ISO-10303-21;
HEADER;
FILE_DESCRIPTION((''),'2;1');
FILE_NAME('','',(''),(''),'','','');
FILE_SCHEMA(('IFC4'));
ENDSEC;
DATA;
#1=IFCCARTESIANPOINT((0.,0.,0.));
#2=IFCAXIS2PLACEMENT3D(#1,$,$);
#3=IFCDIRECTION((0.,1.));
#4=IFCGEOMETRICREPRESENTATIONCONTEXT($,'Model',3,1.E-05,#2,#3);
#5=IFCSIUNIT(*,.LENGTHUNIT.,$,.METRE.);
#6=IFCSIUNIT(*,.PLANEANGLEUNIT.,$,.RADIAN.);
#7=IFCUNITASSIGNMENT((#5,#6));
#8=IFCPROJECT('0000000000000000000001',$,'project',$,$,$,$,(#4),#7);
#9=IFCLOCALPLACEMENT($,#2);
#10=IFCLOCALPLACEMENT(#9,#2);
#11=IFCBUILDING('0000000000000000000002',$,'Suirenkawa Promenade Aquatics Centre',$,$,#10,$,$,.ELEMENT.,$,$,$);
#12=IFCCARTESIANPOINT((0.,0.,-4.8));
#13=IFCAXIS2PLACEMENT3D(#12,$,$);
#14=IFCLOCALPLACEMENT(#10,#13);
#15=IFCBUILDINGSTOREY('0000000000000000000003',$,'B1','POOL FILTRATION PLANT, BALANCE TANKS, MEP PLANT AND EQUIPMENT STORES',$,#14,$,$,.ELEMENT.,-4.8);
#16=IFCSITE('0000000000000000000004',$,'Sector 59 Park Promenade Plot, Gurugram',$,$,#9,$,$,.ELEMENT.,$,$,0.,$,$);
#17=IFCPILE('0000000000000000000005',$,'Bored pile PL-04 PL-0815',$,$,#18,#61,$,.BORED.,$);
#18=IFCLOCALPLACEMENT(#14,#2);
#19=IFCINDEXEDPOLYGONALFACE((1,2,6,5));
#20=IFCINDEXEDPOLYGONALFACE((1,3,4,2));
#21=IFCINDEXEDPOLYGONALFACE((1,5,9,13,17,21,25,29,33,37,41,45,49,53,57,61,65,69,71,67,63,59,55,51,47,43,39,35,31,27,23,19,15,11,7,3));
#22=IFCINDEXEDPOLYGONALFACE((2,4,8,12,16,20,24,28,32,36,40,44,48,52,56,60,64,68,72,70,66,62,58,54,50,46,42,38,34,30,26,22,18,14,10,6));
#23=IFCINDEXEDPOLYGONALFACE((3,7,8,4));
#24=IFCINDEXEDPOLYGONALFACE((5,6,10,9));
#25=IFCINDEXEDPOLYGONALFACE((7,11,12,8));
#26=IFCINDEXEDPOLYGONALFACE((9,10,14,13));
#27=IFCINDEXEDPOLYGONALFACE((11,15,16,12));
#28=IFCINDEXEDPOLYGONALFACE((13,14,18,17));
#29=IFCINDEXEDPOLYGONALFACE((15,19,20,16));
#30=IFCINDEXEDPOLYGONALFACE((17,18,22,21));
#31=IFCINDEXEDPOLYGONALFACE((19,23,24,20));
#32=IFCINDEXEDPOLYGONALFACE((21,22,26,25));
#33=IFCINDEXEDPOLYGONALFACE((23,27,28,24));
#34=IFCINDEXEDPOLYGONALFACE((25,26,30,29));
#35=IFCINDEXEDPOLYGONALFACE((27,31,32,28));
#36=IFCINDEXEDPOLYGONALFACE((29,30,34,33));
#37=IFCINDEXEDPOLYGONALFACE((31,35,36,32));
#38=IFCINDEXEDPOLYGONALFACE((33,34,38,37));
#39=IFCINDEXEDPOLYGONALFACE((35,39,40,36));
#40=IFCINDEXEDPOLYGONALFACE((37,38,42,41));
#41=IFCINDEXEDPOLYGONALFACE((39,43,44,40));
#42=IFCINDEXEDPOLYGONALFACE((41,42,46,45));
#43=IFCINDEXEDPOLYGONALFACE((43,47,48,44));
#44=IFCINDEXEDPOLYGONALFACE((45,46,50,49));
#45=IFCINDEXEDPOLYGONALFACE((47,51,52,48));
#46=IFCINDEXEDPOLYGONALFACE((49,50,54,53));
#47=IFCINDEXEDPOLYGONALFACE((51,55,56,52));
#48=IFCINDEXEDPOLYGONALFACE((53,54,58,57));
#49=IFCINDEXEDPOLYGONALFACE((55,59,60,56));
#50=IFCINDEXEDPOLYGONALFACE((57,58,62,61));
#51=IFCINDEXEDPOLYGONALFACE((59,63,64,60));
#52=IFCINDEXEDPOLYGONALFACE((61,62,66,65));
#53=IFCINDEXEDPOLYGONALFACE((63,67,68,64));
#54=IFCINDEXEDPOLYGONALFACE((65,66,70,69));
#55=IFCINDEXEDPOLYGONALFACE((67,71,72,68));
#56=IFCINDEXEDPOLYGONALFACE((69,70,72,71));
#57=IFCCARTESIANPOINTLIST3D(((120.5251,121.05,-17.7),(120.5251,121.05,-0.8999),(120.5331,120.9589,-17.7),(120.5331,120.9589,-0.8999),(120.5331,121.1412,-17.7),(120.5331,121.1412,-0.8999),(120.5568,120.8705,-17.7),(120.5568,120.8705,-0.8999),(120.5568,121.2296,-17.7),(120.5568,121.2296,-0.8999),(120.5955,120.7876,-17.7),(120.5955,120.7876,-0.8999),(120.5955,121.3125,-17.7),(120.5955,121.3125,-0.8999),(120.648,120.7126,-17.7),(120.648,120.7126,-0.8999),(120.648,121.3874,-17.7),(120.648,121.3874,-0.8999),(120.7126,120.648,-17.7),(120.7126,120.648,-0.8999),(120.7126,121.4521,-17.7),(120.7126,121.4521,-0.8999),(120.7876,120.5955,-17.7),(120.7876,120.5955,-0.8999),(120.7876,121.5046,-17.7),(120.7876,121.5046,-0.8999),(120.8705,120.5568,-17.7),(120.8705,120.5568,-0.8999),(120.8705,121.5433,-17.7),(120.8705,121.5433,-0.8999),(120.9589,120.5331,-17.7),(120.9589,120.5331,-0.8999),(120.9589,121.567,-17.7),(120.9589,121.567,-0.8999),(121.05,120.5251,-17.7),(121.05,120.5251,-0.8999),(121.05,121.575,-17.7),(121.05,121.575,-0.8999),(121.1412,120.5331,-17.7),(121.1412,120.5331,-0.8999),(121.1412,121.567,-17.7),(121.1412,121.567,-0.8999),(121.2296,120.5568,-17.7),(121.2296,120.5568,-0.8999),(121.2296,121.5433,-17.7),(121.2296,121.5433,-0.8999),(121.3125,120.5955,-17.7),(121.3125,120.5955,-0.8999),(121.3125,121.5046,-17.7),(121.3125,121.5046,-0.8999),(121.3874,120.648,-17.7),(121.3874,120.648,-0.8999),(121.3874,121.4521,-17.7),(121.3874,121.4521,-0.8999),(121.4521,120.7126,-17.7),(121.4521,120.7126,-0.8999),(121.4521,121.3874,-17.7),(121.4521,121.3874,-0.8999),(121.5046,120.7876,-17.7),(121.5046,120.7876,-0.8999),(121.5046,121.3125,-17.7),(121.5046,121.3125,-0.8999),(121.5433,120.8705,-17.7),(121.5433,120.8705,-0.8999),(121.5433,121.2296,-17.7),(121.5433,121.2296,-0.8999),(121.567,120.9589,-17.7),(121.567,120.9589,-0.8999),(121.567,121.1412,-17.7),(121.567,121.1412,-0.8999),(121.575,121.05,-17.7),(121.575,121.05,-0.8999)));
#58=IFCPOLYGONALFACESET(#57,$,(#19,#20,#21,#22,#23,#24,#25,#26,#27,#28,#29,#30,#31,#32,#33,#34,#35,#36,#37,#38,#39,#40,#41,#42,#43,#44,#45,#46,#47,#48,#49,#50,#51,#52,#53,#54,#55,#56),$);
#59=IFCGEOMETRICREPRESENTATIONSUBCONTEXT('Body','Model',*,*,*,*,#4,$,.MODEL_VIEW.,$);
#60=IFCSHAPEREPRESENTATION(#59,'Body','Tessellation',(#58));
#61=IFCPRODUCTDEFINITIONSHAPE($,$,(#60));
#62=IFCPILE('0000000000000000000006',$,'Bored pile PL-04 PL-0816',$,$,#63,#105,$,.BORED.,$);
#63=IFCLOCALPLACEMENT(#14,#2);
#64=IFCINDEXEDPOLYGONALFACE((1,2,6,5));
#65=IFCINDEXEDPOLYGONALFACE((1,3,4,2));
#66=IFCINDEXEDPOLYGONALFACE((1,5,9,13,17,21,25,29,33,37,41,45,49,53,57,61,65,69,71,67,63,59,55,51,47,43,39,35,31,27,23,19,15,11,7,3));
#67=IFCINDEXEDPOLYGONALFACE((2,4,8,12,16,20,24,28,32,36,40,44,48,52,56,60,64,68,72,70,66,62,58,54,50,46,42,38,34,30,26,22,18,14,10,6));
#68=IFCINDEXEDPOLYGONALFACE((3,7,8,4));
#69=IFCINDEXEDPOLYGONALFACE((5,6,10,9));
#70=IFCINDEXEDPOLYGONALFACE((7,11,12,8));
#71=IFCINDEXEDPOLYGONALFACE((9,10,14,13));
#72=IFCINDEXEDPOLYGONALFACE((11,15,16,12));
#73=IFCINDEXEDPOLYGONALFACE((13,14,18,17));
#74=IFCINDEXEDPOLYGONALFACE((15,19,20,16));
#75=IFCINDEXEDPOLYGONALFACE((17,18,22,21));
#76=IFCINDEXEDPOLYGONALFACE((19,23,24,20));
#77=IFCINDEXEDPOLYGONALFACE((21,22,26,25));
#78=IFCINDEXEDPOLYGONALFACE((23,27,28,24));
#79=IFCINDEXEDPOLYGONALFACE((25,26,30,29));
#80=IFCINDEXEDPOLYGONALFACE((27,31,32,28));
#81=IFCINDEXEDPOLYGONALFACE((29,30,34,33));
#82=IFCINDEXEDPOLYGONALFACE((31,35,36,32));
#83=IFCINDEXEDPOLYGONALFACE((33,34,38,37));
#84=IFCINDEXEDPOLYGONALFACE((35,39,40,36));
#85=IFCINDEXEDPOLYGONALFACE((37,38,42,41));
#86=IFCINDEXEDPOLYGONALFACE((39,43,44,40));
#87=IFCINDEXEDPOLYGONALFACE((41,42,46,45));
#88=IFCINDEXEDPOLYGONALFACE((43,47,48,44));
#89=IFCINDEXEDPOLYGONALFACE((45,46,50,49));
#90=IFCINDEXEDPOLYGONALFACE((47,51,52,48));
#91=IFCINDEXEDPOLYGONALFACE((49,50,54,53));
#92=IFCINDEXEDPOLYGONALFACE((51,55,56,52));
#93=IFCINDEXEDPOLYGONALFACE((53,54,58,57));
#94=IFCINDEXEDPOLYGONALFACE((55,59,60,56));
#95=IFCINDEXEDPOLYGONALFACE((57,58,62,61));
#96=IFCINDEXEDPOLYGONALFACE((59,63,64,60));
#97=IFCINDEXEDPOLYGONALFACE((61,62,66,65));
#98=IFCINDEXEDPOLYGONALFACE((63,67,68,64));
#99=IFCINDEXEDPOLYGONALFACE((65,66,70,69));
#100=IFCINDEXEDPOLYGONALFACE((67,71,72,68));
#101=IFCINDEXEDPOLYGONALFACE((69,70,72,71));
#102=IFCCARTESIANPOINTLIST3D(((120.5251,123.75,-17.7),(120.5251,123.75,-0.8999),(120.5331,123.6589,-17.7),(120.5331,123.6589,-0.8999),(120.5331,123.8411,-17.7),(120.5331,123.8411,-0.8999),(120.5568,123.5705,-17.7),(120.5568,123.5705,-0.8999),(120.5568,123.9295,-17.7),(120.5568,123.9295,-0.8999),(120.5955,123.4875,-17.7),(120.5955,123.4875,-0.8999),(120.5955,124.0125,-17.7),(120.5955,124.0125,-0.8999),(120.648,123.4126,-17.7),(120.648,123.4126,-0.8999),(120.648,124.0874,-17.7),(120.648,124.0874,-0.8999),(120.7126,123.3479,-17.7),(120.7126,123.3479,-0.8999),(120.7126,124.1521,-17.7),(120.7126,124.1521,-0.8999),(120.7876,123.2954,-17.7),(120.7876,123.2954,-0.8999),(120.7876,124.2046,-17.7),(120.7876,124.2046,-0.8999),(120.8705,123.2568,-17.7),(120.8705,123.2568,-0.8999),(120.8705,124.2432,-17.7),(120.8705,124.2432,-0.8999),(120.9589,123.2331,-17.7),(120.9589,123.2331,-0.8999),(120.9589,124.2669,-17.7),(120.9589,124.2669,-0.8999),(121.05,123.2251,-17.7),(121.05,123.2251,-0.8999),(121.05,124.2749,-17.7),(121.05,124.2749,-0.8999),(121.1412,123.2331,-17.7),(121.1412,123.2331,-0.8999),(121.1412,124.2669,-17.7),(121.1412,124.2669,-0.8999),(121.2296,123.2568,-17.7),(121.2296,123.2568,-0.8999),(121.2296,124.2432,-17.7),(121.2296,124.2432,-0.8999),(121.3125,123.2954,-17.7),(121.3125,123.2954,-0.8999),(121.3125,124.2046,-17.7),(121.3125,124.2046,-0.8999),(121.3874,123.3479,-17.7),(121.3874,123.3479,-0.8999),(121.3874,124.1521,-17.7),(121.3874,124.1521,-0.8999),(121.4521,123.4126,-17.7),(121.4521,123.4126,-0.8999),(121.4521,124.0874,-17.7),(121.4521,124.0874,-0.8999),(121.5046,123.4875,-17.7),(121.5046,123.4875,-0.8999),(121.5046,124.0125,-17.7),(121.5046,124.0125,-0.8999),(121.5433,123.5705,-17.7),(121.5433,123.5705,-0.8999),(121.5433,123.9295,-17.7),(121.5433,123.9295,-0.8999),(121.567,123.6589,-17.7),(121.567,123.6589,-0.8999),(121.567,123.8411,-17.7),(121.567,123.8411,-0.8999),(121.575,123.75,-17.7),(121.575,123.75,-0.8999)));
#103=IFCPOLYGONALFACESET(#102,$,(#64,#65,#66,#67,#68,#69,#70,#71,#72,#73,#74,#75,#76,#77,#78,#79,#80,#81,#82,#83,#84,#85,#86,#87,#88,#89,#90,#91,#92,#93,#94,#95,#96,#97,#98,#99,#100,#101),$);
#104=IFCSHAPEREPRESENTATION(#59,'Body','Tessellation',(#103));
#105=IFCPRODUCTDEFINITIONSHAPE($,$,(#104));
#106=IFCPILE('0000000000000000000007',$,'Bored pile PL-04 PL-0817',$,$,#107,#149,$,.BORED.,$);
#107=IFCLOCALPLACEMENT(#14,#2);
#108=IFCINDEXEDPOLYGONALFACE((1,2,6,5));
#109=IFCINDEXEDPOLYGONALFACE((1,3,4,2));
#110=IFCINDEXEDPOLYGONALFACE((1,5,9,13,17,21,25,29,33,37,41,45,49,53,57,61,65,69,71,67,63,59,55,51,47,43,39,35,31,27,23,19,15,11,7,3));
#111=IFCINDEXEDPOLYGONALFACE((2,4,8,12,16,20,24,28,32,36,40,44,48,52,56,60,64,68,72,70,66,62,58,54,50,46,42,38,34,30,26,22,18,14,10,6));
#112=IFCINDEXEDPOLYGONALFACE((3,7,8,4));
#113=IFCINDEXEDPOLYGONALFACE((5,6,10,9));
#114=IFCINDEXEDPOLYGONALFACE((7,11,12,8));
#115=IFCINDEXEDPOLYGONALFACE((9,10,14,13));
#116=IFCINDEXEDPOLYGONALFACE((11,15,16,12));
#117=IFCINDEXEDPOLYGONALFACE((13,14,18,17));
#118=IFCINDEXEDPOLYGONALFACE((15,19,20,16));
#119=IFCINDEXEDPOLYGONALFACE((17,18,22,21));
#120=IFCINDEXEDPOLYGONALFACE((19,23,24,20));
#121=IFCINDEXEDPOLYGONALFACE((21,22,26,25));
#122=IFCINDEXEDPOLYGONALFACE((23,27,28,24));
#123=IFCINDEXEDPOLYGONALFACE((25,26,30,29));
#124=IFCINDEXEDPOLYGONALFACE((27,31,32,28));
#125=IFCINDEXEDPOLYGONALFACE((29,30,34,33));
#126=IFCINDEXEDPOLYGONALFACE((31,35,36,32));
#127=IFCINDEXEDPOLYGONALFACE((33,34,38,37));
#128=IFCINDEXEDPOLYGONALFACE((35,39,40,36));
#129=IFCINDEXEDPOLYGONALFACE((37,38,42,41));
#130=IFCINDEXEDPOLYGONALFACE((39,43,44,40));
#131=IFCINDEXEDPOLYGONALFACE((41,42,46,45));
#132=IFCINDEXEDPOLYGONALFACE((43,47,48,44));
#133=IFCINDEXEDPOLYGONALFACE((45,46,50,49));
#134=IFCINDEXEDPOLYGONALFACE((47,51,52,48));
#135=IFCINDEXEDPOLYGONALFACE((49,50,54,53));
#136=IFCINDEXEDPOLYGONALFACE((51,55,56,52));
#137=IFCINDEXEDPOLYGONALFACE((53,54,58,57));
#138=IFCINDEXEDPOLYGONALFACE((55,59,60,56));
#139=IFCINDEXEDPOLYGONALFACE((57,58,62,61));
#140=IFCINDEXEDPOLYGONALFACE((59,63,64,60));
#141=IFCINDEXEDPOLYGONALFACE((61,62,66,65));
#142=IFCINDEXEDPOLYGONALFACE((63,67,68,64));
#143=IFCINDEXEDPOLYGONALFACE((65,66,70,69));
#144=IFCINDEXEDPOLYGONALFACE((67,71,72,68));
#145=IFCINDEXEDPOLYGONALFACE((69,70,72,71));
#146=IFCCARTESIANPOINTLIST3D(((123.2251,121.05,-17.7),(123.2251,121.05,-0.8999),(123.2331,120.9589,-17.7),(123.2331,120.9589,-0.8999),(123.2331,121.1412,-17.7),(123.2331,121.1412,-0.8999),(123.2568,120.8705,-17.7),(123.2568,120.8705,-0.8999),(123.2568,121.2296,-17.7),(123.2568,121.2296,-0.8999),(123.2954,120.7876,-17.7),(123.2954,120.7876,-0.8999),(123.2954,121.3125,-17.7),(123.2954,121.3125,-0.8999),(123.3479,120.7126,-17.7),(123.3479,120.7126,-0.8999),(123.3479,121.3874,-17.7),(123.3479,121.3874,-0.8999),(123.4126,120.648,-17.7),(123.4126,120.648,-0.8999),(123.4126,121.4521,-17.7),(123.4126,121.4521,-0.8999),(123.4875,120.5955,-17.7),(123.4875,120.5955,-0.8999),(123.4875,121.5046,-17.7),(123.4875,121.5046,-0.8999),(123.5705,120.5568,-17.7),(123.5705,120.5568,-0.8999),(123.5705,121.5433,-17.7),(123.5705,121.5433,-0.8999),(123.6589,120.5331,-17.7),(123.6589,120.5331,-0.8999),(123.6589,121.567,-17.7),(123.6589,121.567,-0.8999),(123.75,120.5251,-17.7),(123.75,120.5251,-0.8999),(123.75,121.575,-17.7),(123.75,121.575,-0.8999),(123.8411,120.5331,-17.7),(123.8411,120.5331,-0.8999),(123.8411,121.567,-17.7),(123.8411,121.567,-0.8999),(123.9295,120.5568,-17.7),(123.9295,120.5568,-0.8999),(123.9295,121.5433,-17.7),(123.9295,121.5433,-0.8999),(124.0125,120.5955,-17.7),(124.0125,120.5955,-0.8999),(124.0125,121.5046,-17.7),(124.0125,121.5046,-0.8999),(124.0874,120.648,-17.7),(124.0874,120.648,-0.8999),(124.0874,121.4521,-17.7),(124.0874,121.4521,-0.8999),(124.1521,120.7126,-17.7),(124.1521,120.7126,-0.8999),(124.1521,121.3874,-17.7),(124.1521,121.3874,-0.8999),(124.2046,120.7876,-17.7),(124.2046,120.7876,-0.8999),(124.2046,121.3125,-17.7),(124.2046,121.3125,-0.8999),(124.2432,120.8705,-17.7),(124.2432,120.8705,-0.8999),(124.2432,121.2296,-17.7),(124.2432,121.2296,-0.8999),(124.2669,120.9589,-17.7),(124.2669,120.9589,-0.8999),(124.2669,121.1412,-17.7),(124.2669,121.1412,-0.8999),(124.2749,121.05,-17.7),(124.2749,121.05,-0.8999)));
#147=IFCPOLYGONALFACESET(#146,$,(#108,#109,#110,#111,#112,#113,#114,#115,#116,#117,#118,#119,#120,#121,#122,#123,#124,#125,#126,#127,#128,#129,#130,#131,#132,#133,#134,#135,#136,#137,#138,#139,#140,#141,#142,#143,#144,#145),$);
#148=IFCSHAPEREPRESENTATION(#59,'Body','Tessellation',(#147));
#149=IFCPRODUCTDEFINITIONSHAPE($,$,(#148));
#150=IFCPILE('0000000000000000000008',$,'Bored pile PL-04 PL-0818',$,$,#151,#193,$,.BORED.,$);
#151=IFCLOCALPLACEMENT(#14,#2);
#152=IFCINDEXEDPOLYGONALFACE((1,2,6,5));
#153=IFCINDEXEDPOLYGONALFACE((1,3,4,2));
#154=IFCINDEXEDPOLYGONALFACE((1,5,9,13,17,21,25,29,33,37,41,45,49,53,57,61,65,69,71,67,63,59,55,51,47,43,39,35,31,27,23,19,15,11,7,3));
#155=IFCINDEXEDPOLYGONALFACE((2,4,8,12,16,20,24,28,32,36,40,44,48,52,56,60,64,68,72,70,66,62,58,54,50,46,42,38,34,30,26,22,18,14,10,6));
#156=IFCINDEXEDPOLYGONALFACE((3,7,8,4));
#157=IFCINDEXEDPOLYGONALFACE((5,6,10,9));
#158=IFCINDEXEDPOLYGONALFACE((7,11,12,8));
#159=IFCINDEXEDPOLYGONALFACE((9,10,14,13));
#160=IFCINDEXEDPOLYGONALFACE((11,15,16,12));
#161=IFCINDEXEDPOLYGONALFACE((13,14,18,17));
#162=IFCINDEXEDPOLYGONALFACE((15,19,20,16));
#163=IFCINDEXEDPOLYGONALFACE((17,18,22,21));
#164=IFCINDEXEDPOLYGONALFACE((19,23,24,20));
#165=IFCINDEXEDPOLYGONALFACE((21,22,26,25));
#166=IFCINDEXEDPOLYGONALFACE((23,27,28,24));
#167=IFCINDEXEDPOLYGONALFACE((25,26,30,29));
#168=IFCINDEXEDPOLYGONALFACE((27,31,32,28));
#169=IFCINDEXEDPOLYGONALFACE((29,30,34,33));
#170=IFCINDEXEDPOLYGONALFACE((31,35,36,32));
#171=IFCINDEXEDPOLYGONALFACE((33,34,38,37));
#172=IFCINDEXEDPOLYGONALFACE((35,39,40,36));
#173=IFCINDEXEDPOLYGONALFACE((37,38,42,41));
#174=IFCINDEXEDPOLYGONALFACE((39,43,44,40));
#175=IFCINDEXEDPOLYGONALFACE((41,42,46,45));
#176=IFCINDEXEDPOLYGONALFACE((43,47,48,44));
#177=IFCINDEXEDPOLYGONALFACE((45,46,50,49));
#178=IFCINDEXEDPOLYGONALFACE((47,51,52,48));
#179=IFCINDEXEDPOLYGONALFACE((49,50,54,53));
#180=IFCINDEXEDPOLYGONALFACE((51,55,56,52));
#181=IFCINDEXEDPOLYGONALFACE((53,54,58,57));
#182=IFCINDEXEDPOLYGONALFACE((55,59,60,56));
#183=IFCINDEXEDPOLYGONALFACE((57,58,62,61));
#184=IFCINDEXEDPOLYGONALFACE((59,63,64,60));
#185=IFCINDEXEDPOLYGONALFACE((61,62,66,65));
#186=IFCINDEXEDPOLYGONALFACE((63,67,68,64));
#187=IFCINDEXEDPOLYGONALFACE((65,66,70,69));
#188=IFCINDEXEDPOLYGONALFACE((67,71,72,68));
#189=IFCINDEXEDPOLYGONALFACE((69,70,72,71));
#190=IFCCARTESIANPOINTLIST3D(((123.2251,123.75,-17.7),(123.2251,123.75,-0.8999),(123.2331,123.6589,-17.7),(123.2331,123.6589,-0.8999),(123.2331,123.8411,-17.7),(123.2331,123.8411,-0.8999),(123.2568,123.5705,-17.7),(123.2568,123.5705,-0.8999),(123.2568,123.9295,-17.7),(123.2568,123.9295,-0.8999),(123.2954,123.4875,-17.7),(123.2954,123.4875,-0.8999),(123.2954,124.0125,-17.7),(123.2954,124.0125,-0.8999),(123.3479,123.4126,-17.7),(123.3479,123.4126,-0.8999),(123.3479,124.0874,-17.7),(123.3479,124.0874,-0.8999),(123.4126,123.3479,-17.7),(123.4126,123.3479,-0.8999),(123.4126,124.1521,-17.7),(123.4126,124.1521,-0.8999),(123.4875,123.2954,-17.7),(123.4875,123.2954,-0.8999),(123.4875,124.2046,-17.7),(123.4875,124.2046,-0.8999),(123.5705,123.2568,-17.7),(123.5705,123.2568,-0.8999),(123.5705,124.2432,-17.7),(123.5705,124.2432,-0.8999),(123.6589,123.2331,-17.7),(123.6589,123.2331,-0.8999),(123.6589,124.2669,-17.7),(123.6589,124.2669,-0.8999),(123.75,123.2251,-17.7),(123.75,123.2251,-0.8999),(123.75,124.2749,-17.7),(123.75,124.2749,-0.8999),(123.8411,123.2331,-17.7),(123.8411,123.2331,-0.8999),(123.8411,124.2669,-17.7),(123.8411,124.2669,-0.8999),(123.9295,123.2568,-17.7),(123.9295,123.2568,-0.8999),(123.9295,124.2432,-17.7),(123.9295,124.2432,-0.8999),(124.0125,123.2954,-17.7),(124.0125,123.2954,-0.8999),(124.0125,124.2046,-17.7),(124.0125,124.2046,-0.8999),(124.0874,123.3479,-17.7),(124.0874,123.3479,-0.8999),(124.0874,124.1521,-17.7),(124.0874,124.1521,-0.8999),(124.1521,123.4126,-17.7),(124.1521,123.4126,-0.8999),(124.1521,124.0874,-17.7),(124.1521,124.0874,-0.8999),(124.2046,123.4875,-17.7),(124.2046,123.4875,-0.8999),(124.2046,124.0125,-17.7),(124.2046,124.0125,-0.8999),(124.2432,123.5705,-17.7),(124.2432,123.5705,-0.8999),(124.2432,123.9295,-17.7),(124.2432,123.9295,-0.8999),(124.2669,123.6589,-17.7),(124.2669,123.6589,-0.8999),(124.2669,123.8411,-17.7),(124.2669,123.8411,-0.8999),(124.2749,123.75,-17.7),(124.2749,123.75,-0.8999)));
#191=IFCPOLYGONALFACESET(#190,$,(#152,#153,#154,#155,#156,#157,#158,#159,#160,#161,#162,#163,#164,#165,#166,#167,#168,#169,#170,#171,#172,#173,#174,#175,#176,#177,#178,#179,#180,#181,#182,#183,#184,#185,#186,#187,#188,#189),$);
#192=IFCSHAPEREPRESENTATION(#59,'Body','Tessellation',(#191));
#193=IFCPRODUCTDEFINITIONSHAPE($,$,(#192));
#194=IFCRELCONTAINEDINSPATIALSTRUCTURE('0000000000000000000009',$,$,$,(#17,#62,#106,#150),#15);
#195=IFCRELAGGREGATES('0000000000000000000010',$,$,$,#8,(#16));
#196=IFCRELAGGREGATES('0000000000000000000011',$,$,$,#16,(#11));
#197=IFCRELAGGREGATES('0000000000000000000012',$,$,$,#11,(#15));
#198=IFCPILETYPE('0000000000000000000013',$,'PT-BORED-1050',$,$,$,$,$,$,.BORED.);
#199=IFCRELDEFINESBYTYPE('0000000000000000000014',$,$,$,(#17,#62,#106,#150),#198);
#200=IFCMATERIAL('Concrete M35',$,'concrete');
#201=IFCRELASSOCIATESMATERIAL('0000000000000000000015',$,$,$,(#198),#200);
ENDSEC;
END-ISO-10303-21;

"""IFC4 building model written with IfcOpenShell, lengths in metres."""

from ifc_helpers import new_model, si_unit, direction, frame, origin, origin_2d, place, context, subcontext, project, spatial, circle, extrude, material, material_profile, profile_set, type_object, element, save


model = new_model("IFC4")

# Units and contexts
model_context = context("Model", 3, precision=1e-05, world=origin(), true_north=direction((0.0, 1.0)))
body_context = subcontext(model_context, "Body", "Model", "MODEL_VIEW")
ifc_project = project(units=[si_unit("LENGTHUNIT", "METRE"), si_unit("PLANEANGLEUNIT", "RADIAN")], contexts=[model_context])

# Site, building, storey
site_placement = place(None, origin())
site = spatial("IfcSite", under=ifc_project, at=site_placement, Name="Sector 59 Park Promenade Plot, Gurugram", CompositionType="ELEMENT", RefElevation=0.0)
building_placement = place(site_placement, origin())
building = spatial("IfcBuilding", under=site, at=building_placement, Name="Suirenkawa Promenade Aquatics Centre", CompositionType="ELEMENT")
storey_placement = place(building_placement, frame((0.0, 0.0, -4.8)))
storey = spatial("IfcBuildingStorey", under=building, at=storey_placement, Name="B1", Description="POOL FILTRATION PLANT, BALANCE TANKS, MEP PLANT AND EQUIPMENT STORES", CompositionType="ELEMENT", Elevation=-4.8)

# Shared definitions
ifc_material_1 = material(Name="Concrete M35", Category="concrete")

# Piles
ifc_material_profile_1 = material_profile(ifc_material_1, circle(Radius=0.5249, at=origin_2d()), Name="PILE D1050", Category="concrete")
ifc_profile_set_1 = profile_set([ifc_material_profile_1], Name="Concrete M35")
pile_type_1 = type_object("IfcPileType", Name="PT-BORED-1050", PredefinedType="BORED", material=ifc_profile_set_1)
for number, where, z_axis, x_axis, name in (
    (1, (121.05, 121.05, -0.8999), (0.0, 0.0, -1.0), (1.0, 0.0, 0.0), "Bored pile PL-04 PL-0815"),
    (2, (121.05, 123.75, -0.8999), (0.0, 0.0, -1.0), (1.0, 0.0, 0.0), "Bored pile PL-04 PL-0816"),
    (3, (123.75, 121.05, -0.8999), (0.0, 0.0, -1.0), (1.0, 0.0, 0.0), "Bored pile PL-04 PL-0817"),
    (4, (123.75, 123.75, -0.8999), (0.0, 0.0, -1.0), (1.0, 0.0, 0.0), "Bored pile PL-04 PL-0818"),
):
    element("IfcPile", number, at=place(storey_placement, frame(where, z_axis=z_axis, x_axis=x_axis)), inside=storey, type_object=pile_type_1, Name=name, PredefinedType="BORED", context=body_context, shape_type="SweptSolid", body=[
        extrude(circle(Radius=0.5249, at=origin_2d()), origin(), (0.0, 0.0, 1.0), 16.8),
    ])

save(model, "model.ifc")
